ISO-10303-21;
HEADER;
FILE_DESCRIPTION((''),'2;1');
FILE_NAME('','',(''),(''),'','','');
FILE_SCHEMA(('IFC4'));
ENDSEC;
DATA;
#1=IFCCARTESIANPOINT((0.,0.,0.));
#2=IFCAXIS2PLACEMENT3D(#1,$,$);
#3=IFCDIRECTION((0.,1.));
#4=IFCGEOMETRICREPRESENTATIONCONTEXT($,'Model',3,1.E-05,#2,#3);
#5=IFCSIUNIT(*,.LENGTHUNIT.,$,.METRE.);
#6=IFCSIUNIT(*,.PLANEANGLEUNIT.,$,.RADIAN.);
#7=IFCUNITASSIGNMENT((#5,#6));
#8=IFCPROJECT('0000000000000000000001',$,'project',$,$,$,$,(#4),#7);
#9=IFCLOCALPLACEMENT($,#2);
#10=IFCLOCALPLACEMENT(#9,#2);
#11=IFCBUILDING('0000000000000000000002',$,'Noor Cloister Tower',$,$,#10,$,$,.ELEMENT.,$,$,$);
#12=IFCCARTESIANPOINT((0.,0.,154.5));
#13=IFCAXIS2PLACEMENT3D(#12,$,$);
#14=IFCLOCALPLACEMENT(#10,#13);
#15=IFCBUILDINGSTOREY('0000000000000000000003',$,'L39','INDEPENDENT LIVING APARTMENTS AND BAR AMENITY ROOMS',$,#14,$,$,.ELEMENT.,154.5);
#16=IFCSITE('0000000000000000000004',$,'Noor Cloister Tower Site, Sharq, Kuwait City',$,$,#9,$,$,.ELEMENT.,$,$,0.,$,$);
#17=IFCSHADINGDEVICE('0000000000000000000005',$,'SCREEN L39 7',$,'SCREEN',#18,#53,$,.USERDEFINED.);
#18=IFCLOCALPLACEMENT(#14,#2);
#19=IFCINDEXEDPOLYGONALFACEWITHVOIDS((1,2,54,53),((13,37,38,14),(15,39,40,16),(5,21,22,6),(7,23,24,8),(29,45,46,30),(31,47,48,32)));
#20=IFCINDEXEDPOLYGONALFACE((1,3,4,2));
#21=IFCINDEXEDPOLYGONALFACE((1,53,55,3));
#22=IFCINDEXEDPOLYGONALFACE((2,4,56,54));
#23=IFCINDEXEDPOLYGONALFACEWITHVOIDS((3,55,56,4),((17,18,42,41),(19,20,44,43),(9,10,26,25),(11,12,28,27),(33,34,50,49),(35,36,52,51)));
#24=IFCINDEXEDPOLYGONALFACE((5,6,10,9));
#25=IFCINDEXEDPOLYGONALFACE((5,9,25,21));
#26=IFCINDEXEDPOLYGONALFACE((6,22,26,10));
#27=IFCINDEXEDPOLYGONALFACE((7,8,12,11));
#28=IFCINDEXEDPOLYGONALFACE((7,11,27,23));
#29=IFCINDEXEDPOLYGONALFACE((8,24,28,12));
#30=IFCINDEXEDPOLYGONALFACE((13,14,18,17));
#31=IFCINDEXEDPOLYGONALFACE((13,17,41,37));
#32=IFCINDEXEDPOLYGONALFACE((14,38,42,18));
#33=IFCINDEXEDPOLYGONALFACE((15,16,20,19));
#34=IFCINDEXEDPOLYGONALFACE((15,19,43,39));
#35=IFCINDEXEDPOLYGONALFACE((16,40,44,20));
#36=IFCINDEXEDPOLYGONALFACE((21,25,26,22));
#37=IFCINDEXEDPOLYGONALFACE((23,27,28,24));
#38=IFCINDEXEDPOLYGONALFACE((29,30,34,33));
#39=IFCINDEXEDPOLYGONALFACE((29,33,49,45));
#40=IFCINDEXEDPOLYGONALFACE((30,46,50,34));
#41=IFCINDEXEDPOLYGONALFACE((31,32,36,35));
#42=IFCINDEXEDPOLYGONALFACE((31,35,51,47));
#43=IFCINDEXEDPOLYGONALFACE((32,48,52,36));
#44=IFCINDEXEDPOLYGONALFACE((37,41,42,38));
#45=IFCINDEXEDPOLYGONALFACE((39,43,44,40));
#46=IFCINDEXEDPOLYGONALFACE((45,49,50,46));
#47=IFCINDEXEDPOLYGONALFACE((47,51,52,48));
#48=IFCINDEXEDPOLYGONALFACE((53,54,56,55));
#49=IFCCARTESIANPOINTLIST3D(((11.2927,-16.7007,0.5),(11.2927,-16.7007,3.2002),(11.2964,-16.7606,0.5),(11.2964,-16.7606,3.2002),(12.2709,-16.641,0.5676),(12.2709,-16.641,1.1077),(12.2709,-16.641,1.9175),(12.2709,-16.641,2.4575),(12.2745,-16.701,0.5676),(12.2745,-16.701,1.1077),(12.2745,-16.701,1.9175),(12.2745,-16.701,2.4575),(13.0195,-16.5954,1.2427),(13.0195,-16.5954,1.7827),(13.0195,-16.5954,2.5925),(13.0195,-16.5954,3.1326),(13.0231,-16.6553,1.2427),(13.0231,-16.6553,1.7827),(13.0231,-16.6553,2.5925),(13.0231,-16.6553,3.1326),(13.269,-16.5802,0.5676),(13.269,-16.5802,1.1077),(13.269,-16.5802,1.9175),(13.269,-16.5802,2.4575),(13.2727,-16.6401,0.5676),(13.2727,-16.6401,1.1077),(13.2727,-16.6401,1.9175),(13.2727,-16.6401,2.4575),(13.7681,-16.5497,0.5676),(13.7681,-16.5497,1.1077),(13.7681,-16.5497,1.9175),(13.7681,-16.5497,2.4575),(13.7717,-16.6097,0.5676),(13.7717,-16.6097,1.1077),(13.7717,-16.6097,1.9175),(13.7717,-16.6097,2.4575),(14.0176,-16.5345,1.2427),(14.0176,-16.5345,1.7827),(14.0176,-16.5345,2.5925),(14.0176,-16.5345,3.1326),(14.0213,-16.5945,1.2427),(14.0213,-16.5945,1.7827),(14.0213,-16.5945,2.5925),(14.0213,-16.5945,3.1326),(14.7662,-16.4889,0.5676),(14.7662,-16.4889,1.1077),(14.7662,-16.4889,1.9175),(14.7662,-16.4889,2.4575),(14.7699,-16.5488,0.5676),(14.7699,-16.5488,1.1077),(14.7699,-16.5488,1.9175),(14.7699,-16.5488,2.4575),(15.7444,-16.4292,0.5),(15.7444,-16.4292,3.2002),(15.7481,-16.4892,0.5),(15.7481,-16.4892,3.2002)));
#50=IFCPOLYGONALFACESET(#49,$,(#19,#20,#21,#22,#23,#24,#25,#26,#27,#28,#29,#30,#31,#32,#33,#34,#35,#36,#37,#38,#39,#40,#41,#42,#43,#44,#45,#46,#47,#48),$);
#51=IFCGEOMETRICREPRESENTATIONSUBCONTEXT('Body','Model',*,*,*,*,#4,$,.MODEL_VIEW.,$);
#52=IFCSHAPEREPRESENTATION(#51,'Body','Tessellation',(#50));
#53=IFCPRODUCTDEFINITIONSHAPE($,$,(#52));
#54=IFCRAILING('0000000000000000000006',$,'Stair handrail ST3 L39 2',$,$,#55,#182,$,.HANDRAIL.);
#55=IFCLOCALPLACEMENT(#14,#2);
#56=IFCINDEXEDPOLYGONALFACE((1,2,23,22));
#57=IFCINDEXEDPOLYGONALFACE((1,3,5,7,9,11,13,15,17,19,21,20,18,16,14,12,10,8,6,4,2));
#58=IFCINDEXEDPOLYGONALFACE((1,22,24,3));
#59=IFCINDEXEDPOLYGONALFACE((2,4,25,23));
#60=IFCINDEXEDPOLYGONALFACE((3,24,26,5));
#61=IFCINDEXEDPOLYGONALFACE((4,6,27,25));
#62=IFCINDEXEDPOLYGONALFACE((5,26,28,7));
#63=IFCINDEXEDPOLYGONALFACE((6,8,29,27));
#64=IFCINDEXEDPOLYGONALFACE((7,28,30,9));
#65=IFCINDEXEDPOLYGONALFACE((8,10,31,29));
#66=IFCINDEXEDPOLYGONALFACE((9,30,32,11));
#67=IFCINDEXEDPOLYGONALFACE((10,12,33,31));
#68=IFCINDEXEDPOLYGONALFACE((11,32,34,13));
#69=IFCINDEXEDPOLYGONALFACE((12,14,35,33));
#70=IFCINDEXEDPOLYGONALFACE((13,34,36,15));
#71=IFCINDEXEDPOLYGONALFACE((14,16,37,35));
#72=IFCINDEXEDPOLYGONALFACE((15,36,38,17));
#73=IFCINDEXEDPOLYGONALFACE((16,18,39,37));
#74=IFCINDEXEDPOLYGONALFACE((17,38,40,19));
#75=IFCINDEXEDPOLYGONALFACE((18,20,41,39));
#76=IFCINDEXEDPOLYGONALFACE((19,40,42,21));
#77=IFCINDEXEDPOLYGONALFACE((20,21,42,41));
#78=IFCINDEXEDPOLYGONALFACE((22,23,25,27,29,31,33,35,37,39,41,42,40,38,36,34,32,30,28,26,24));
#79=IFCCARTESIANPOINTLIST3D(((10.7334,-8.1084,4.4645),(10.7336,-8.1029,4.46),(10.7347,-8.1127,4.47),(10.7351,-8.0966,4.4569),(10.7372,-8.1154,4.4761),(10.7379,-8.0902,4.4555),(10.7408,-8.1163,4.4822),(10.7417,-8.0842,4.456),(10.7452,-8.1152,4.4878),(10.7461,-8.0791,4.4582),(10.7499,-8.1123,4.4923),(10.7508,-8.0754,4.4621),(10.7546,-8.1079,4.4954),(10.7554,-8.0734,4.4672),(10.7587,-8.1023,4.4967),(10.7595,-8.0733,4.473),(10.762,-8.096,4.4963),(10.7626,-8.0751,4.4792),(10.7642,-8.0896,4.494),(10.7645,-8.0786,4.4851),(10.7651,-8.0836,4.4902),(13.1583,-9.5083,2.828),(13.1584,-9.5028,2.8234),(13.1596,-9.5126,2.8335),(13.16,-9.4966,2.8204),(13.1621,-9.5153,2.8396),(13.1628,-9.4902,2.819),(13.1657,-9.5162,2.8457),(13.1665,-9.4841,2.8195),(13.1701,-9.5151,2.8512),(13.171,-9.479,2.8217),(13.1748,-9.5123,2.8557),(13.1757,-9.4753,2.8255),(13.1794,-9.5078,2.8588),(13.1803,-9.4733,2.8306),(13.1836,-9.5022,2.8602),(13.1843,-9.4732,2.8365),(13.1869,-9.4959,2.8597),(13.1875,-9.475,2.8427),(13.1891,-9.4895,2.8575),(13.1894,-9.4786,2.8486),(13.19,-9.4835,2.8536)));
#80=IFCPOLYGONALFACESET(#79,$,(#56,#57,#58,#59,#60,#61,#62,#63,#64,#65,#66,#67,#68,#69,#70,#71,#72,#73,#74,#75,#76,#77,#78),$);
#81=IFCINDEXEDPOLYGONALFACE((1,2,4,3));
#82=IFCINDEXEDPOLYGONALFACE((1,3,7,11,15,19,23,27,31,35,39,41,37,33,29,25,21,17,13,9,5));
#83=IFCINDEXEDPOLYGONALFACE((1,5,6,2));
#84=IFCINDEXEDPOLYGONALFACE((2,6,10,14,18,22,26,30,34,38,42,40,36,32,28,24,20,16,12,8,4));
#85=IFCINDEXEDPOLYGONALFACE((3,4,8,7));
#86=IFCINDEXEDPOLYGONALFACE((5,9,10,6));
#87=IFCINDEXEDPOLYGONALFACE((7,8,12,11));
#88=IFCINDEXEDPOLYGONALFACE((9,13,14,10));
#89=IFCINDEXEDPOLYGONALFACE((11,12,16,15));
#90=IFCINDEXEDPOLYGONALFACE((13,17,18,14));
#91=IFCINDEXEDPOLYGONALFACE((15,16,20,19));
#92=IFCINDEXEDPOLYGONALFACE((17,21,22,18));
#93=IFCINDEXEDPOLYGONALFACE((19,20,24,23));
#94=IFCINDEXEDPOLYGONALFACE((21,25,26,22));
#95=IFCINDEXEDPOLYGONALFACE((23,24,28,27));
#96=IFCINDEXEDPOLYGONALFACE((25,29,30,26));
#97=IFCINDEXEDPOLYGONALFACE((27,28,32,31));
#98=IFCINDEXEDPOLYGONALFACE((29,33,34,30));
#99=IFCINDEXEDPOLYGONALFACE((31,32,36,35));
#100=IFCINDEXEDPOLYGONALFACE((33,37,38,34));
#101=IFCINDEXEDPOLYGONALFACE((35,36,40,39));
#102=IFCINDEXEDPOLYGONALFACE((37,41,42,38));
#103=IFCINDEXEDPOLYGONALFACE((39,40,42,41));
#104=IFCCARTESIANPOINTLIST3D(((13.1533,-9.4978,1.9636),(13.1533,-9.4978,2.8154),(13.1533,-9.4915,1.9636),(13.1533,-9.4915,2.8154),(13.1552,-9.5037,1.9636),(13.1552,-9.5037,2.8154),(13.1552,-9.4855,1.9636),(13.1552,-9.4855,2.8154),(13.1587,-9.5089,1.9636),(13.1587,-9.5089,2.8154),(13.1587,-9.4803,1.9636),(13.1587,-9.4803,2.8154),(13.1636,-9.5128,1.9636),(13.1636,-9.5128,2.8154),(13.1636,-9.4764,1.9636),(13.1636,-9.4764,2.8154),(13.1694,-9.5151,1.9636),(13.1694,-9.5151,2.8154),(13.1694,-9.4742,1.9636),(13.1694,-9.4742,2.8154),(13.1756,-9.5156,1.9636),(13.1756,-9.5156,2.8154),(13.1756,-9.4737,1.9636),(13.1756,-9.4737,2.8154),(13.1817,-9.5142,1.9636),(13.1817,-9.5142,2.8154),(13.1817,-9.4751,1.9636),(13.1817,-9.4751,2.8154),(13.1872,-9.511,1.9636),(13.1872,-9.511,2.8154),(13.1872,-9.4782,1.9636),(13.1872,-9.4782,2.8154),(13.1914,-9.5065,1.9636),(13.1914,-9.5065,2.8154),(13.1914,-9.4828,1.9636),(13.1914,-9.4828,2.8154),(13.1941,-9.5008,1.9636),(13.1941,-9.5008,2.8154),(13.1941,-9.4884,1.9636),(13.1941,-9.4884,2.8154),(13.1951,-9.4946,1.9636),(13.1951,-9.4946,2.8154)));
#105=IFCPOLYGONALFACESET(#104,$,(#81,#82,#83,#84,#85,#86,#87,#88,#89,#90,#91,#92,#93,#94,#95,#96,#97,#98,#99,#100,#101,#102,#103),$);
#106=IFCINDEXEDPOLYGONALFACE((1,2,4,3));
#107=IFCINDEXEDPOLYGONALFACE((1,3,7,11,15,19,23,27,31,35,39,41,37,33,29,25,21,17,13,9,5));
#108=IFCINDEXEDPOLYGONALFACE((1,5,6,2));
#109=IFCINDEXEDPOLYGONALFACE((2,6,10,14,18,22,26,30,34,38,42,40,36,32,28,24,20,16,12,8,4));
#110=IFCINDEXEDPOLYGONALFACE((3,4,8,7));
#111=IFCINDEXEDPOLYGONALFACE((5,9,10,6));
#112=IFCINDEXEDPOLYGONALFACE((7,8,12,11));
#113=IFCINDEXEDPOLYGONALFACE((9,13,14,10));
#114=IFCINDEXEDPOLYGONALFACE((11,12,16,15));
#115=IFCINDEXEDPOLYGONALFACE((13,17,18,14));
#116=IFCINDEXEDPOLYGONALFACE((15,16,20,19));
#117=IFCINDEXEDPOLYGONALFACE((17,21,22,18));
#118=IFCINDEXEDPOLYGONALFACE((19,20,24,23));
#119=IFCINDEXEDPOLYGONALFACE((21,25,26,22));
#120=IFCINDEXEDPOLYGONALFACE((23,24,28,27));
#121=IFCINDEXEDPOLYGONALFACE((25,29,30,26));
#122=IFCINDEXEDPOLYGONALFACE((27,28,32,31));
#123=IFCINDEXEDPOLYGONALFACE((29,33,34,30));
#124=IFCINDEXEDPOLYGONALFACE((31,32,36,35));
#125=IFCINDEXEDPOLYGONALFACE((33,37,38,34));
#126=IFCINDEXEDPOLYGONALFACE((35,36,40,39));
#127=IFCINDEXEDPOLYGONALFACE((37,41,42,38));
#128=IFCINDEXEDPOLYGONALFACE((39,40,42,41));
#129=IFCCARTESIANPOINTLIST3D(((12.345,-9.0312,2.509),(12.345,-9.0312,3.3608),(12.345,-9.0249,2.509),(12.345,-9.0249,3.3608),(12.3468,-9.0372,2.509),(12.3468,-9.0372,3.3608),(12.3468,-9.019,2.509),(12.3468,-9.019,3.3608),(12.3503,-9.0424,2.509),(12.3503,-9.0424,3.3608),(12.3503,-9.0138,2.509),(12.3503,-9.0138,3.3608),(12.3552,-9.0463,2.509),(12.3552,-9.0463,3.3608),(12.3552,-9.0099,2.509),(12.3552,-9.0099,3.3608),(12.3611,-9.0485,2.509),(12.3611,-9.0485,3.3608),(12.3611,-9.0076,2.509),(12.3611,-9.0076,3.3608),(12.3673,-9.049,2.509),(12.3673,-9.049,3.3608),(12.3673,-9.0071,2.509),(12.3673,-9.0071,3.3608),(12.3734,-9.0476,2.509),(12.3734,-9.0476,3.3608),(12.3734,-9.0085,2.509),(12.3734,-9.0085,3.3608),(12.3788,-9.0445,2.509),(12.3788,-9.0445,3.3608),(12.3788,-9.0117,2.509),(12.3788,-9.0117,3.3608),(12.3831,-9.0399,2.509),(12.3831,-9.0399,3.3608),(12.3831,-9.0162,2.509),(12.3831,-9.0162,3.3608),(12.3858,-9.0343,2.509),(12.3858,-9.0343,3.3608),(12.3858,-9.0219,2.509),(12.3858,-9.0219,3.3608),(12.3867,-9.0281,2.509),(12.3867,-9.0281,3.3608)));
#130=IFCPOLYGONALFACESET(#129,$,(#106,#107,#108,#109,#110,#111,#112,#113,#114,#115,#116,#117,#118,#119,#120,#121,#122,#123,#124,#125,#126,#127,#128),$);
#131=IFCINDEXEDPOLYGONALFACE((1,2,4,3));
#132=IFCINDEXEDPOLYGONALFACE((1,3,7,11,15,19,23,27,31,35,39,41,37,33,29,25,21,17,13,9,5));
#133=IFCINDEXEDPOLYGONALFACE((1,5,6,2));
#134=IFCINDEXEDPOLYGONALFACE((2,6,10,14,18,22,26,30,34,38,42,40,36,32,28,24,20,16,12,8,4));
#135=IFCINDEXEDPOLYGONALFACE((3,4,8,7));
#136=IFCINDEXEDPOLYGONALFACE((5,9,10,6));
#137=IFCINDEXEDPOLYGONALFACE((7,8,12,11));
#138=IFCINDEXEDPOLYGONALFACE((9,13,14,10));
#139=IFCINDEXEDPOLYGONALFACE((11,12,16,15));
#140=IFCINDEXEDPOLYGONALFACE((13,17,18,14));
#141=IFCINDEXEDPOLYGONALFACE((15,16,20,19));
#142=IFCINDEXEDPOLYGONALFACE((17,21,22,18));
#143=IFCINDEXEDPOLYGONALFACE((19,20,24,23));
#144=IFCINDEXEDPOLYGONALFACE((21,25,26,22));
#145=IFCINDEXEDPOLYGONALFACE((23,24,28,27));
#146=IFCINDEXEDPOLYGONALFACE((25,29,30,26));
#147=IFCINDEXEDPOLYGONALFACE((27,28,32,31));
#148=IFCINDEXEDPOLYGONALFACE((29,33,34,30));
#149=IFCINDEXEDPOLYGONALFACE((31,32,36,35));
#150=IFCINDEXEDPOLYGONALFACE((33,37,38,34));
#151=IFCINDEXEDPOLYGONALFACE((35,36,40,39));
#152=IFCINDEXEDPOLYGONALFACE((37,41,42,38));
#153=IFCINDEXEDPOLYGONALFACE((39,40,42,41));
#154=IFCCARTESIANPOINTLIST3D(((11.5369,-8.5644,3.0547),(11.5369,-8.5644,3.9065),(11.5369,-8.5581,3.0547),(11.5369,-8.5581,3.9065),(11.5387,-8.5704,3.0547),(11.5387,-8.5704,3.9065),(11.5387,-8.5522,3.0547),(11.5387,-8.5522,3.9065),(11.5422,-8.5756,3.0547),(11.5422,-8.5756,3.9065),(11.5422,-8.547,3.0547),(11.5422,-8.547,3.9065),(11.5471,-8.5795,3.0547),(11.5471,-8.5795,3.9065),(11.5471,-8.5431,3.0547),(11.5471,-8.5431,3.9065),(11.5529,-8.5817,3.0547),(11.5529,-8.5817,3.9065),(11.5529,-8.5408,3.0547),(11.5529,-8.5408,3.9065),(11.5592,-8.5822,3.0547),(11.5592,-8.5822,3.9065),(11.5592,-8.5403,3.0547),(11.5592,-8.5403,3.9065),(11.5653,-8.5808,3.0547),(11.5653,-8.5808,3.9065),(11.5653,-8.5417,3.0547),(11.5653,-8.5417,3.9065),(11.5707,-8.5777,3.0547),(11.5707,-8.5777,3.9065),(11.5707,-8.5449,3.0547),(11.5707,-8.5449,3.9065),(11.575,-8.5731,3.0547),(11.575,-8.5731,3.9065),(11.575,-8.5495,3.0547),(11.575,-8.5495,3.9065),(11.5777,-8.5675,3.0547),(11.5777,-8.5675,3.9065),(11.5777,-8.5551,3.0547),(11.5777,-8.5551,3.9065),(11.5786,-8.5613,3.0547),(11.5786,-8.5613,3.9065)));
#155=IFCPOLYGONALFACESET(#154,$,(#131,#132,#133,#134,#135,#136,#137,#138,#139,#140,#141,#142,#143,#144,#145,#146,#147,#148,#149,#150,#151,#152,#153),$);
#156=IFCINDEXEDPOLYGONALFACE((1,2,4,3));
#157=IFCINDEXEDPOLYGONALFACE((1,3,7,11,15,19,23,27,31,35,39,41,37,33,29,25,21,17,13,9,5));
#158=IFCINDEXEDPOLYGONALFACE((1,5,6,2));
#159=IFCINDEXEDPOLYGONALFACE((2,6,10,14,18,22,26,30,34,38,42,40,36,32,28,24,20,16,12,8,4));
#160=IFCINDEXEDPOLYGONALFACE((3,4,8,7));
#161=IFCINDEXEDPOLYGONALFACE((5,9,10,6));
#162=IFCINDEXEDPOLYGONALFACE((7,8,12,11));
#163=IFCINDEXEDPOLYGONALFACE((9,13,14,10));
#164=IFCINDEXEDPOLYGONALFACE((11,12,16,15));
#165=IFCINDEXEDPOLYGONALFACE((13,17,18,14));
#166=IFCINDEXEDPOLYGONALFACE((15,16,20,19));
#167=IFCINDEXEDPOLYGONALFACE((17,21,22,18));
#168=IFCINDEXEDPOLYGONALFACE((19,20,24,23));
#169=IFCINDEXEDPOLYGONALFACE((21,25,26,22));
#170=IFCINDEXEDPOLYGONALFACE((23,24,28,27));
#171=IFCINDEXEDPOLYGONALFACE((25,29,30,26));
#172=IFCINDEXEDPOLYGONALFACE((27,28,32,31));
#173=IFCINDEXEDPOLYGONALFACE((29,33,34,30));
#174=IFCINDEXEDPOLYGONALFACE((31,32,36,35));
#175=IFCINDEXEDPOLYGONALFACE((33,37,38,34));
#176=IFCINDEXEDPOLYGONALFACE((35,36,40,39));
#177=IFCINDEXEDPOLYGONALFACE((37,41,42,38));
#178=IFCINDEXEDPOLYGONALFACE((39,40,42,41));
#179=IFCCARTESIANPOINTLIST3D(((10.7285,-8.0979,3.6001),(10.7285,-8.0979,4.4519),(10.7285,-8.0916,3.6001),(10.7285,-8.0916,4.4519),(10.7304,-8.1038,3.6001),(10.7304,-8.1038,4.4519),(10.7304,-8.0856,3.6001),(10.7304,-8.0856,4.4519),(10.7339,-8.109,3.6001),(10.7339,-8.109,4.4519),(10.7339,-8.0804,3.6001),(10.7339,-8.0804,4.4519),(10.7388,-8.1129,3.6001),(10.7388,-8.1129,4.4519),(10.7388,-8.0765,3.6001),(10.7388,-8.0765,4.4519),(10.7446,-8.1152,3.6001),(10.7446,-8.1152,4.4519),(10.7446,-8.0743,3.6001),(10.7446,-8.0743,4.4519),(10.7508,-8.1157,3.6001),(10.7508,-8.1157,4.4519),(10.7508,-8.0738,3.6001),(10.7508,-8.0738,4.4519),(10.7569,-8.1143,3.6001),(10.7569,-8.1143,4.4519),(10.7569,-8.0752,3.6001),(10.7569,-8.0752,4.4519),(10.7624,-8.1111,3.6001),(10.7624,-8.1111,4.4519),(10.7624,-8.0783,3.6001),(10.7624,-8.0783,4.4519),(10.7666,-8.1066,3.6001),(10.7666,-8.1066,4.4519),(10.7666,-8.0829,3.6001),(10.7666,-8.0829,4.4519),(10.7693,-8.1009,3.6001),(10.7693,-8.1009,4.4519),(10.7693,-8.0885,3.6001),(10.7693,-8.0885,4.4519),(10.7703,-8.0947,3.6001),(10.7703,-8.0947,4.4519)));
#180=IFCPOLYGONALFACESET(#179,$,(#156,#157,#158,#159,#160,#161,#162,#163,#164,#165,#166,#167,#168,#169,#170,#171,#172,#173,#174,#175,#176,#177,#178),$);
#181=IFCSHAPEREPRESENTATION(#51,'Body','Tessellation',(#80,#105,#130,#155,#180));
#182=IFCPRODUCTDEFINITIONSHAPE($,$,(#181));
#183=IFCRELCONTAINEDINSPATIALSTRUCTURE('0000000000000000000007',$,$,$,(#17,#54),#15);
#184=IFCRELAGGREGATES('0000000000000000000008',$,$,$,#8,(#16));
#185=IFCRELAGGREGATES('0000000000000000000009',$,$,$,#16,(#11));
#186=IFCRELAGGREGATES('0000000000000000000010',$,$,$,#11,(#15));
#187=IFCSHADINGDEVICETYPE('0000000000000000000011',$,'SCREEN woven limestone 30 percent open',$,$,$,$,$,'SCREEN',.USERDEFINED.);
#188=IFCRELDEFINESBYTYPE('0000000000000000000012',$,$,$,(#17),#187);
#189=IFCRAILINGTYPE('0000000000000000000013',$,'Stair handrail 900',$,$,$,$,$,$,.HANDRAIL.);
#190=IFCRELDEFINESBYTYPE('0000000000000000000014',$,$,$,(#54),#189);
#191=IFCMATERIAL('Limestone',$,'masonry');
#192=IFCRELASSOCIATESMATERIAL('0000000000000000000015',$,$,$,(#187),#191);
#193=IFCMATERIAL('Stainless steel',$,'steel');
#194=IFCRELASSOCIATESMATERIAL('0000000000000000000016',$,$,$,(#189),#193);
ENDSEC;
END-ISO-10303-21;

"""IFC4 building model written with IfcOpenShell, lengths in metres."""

from ifc_helpers import new_model, si_unit, direction, frame, origin, origin_2d, place, context, subcontext, project, spatial, polyline, circle, outline, extrude, material, material_profile, profile_set, type_object, element, save


model = new_model("IFC4")

# Units and contexts
model_context = context("Model", 3, precision=1e-05, world=origin(), true_north=direction((0.0, 1.0)))
body_context = subcontext(model_context, "Body", "Model", "MODEL_VIEW")
ifc_project = project(units=[si_unit("LENGTHUNIT", "METRE"), si_unit("PLANEANGLEUNIT", "RADIAN")], contexts=[model_context])

# Site, building, storey
site_placement = place(None, origin())
site = spatial("IfcSite", under=ifc_project, at=site_placement, Name="Noor Cloister Tower Site, Sharq, Kuwait City", CompositionType="ELEMENT", RefElevation=0.0)
building_placement = place(site_placement, origin())
building = spatial("IfcBuilding", under=site, at=building_placement, Name="Noor Cloister Tower", CompositionType="ELEMENT")
storey_placement = place(building_placement, frame((0.0, 0.0, 154.5)))
storey = spatial("IfcBuildingStorey", under=building, at=storey_placement, Name="L39", Description="INDEPENDENT LIVING APARTMENTS AND BAR AMENITY ROOMS", CompositionType="ELEMENT", Elevation=154.5)

# Shading device
ifc_material_1 = material(Name="Limestone", Category="masonry")
ifc_material_profile_1 = material_profile(ifc_material_1, outline(polyline([(-2.23, -1.3501), (2.23, -1.3501), (2.23, 1.3501), (-2.23, 1.3501), (-2.23, -1.3501)]), holes=[polyline([(-1.25, -1.2825), (-0.25, -1.2825), (-0.25, -0.7424), (-1.25, -0.7424), (-1.25, -1.2825)]), polyline([(0.25, -1.2825), (1.25, -1.2825), (1.25, -0.7424), (0.25, -0.7424), (0.25, -1.2825)]), polyline([(-0.5, -0.6074), (0.5, -0.6074), (0.5, -0.0674), (-0.5, -0.0674), (-0.5, -0.6074)]), polyline([(-1.25, 0.0674), (-0.25, 0.0674), (-0.25, 0.6074), (-1.25, 0.6074), (-1.25, 0.0674)]), polyline([(0.25, 0.0674), (1.25, 0.0674), (1.25, 0.6074), (0.25, 0.6074), (0.25, 0.0674)]), polyline([(-0.5, 0.7424), (0.5, 0.7424), (0.5, 1.2825), (-0.5, 1.2825), (-0.5, 0.7424)])]), Name="Woven screen 30 percent open")
ifc_profile_set_1 = profile_set([ifc_material_profile_1], Name="Limestone")
shading_device_type = type_object("IfcShadingDeviceType", Name="SCREEN woven limestone 30 percent open", ElementType="SCREEN", PredefinedType="USERDEFINED", material=ifc_profile_set_1)
shading_device_placement = place(storey_placement, frame((13.5186, -16.5649, 1.8501), z_axis=(0.060863, -0.998146, 0.0), x_axis=(0.998146, 0.060863, 0.0)))
element("IfcShadingDevice", 1, at=shading_device_placement, inside=storey, type_object=shading_device_type, Name="SCREEN L39 7", ObjectType="SCREEN", PredefinedType="USERDEFINED", context=body_context, shape_type="SweptSolid", body=[
    extrude(outline(polyline([(-2.23, -1.3501), (2.23, -1.3501), (2.23, 1.3501), (-2.23, 1.3501), (-2.23, -1.3501)]), holes=[polyline([(-1.25, -1.2825), (-0.25, -1.2825), (-0.25, -0.7424), (-1.25, -0.7424), (-1.25, -1.2825)]), polyline([(0.25, -1.2825), (1.25, -1.2825), (1.25, -0.7424), (0.25, -0.7424), (0.25, -1.2825)]), polyline([(-0.5, -0.6074), (0.5, -0.6074), (0.5, -0.0674), (-0.5, -0.0674), (-0.5, -0.6074)]), polyline([(-1.25, 0.0674), (-0.25, 0.0674), (-0.25, 0.6074), (-1.25, 0.6074), (-1.25, 0.0674)]), polyline([(0.25, 0.0674), (1.25, 0.0674), (1.25, 0.6074), (0.25, 0.6074), (0.25, 0.0674)]), polyline([(-0.5, 0.7424), (0.5, 0.7424), (0.5, 1.2825), (-0.5, 1.2825), (-0.5, 0.7424)])]), origin(), (0.0, 0.0, 1.0), 0.0601),
])

# Railing
ifc_material_2 = material(Name="Stainless steel", Category="steel")
railing_type_1 = type_object("IfcRailingType", Name="Stair handrail 900", PredefinedType="HANDRAIL", material=ifc_material_2)
railing_1_placement = place(storey_placement, frame((13.1741, -9.4946, 1.9636)))
element("IfcRailing", 2, at=railing_1_placement, inside=storey, type_object=railing_type_1, Name="Stair handrail ST3 L39 2", PredefinedType="HANDRAIL", context=body_context, shape_type="SweptSolid", body=[
    extrude(circle(Radius=0.0239, at=origin_2d()), frame((0.0, 0.0, 0.876), z_axis=(-0.74769, 0.431661, 0.504608), x_axis=(-0.499984, -0.866035, 0.0)), (0.0, 0.0, 1.0), 3.2432),
    extrude(circle(Radius=0.021, at=origin_2d()), origin(), (0.0, 0.0, 1.0), 0.8518),
    extrude(circle(Radius=0.021, at=origin_2d()), frame((-0.8083, 0.4666, 0.5454)), (0.0, 0.0, 1.0), 0.8518),
    extrude(circle(Radius=0.021, at=origin_2d()), frame((-1.6165, 0.9333, 1.0911)), (0.0, 0.0, 1.0), 0.8518),
    extrude(circle(Radius=0.021, at=origin_2d()), frame((-2.4248, 1.3999, 1.6365)), (0.0, 0.0, 1.0), 0.8518),
])

save(model, "model.ifc")
